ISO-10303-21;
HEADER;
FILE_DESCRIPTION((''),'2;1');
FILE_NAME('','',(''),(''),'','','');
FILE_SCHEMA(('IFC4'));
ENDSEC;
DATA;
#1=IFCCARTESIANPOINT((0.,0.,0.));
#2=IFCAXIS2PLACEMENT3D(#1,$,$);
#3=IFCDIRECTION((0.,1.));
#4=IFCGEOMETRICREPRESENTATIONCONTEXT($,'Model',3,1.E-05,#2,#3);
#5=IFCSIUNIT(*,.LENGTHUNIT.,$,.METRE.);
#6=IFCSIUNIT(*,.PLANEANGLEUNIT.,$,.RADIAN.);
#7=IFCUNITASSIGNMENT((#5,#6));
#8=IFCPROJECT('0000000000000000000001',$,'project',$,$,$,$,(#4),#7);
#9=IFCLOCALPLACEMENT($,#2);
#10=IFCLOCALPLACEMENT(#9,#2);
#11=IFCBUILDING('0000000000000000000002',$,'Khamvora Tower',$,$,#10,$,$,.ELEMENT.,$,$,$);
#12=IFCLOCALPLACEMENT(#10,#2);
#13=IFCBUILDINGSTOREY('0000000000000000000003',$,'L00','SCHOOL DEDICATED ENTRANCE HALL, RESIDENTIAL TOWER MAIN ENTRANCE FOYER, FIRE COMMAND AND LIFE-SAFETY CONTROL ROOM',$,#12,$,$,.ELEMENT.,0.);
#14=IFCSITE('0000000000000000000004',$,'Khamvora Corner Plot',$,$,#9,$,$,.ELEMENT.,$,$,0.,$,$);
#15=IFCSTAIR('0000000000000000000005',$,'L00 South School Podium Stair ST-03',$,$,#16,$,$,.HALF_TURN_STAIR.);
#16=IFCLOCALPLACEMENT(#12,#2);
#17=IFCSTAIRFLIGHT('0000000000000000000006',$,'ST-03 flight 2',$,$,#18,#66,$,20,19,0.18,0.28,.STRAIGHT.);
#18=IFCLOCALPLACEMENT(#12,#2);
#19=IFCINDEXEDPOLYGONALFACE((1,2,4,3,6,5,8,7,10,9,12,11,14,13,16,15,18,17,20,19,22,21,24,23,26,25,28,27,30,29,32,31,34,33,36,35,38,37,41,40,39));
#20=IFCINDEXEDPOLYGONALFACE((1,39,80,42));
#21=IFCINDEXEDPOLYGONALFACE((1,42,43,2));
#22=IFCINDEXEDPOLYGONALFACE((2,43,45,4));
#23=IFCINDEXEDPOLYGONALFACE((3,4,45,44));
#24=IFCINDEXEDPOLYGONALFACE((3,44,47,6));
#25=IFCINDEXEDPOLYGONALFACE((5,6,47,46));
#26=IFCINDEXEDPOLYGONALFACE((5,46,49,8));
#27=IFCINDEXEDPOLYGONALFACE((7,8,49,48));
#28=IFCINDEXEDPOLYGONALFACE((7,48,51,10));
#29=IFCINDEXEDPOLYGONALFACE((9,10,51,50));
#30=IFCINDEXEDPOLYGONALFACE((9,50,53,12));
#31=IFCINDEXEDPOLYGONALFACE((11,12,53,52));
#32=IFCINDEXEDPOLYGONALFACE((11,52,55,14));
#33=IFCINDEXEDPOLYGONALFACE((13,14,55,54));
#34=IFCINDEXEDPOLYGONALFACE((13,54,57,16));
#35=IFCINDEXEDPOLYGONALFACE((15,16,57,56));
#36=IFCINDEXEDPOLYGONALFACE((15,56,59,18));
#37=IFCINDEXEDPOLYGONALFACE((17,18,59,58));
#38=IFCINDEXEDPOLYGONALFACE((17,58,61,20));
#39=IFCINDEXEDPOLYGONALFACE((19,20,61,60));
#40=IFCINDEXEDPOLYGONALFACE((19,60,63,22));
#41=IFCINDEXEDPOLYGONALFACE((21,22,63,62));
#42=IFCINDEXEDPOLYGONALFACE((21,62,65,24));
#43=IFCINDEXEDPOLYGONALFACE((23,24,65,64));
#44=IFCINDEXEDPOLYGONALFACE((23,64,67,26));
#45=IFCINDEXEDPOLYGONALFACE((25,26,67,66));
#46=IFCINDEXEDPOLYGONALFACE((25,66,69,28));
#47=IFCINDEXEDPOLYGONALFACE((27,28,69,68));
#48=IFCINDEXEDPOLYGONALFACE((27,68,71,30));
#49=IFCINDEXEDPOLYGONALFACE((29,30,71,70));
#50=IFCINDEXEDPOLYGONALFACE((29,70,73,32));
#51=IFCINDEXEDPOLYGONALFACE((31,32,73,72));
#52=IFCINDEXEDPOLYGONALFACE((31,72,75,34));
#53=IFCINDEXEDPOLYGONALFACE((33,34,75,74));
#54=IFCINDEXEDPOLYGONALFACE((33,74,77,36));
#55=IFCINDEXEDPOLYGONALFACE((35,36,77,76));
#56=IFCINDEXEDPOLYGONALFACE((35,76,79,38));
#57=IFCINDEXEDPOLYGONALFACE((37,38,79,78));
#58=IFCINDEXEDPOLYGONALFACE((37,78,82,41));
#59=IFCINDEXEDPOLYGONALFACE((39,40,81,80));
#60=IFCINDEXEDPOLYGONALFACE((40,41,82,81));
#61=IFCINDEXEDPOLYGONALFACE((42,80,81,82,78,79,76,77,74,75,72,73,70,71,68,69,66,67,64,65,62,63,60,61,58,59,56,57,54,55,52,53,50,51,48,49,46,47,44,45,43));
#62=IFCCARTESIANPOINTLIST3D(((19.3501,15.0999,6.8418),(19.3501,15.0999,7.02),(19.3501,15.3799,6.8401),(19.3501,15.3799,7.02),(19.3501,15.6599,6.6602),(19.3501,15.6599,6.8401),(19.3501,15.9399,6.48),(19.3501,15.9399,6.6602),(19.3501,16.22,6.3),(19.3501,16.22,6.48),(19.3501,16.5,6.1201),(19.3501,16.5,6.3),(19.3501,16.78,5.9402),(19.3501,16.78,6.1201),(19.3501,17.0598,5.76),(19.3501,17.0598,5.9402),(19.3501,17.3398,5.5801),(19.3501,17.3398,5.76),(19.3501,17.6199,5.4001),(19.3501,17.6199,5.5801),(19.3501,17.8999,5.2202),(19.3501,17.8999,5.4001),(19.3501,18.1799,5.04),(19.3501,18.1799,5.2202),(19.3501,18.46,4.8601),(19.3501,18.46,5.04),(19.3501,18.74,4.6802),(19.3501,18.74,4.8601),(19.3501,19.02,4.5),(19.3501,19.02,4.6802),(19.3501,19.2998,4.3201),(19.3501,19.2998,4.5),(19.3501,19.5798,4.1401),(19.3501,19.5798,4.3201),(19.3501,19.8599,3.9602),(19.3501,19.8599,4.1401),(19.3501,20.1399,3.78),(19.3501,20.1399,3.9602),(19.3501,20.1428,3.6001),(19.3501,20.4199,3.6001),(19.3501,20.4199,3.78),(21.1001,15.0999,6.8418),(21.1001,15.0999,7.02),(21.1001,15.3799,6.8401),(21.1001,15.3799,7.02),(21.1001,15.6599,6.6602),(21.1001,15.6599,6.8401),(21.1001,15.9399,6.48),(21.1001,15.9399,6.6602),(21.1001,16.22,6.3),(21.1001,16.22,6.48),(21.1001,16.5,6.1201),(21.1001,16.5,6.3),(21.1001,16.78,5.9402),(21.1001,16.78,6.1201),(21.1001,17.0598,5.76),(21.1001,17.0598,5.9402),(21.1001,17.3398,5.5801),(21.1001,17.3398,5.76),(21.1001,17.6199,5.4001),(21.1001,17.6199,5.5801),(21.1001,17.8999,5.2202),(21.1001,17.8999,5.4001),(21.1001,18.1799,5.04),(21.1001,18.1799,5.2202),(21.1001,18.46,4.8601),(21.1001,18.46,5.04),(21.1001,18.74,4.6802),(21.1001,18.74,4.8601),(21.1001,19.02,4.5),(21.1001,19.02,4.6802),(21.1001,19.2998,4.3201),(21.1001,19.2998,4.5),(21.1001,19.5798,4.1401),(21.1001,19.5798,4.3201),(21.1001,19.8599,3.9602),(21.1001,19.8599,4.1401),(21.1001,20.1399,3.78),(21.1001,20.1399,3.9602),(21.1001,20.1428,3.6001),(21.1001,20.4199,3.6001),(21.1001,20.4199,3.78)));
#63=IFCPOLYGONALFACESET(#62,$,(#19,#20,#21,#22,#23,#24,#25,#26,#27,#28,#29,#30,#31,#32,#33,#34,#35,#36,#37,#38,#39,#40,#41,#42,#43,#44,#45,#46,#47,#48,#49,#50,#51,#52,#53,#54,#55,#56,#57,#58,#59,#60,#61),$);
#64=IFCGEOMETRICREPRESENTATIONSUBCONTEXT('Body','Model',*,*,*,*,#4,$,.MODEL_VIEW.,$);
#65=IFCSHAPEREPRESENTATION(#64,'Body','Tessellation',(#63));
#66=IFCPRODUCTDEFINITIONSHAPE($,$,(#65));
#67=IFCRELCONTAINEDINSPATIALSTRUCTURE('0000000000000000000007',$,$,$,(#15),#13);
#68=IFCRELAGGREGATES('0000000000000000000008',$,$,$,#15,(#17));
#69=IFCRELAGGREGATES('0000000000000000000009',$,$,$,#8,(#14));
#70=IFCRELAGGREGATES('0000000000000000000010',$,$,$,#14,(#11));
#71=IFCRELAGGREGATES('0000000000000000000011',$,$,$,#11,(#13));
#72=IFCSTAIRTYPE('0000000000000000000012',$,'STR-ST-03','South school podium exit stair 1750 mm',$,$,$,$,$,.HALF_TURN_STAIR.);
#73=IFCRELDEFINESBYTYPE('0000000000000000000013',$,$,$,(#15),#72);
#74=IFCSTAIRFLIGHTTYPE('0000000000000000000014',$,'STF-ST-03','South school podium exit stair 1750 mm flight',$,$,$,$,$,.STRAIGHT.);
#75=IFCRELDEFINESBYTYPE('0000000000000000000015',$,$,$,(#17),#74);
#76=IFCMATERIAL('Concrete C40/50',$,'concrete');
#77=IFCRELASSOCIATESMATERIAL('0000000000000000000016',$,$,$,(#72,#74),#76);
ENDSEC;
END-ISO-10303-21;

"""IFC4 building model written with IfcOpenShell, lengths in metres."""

from ifc_helpers import new_model, si_unit, direction, frame, origin, place, context, subcontext, project, spatial, polyline, outline, extrude, material, type_object, element, aggregate, save


model = new_model("IFC4")

# Units and contexts
model_context = context("Model", 3, precision=1e-05, world=origin(), true_north=direction((0.0, 1.0)))
body_context = subcontext(model_context, "Body", "Model", "MODEL_VIEW")
ifc_project = project(units=[si_unit("LENGTHUNIT", "METRE"), si_unit("PLANEANGLEUNIT", "RADIAN")], contexts=[model_context])

# Site, building, storey
site_placement = place(None, origin())
site = spatial("IfcSite", under=ifc_project, at=site_placement, Name="Khamvora Corner Plot", CompositionType="ELEMENT", RefElevation=0.0)
building_placement = place(site_placement, origin())
building = spatial("IfcBuilding", under=site, at=building_placement, Name="Khamvora Tower", CompositionType="ELEMENT")
storey_placement = place(building_placement, origin())
storey = spatial("IfcBuildingStorey", under=building, at=storey_placement, Name="L00", Description="SCHOOL DEDICATED ENTRANCE HALL, RESIDENTIAL TOWER MAIN ENTRANCE FOYER, FIRE COMMAND AND LIFE-SAFETY CONTROL ROOM", CompositionType="ELEMENT", Elevation=0.0)

# Shared definitions
ifc_material_1 = material(Name="Concrete C40/50", Category="concrete")

# Stair, stair flight
stair_type = type_object("IfcStairType", Name="STR-ST-03", Description="South school podium exit stair 1750 mm", PredefinedType="HALF_TURN_STAIR", material=ifc_material_1)
stair_placement = place(storey_placement, origin())
stair = element("IfcStair", 1, at=stair_placement, inside=storey, type_object=stair_type, Name="L00 South School Podium Stair ST-03", PredefinedType="HALF_TURN_STAIR")
stair_flight_type = type_object("IfcStairFlightType", Name="STF-ST-03", Description="South school podium exit stair 1750 mm flight", PredefinedType="STRAIGHT", material=ifc_material_1)
stair_flight_1_placement = place(storey_placement, frame((20.2251, 20.4199, 3.6001), z_axis=(0.0, 0.0, 1.0), x_axis=(0.0, -1.0, 0.0)))
stair_flight_1 = element("IfcStairFlight", 2, at=stair_flight_1_placement, type_object=stair_flight_type, Name="ST-03 flight 2", NumberOfRisers=20, NumberOfTreads=19, PredefinedType="STRAIGHT", RiserHeight=0.18, TreadLength=0.28, context=body_context, shape_type="SweptSolid", body=[
    extrude(outline(polyline([(0.0, 0.0), (0.0, 0.1799), (0.28, 0.1799), (0.28, 0.3601), (0.5601, 0.3601), (0.5601, 0.54), (0.8401, 0.54), (0.8401, 0.72), (1.1201, 0.72), (1.1201, 0.8999), (1.3999, 0.8999), (1.3999, 1.0801), (1.6799, 1.0801), (1.6799, 1.26), (1.96, 1.26), (1.96, 1.4399), (2.24, 1.4399), (2.24, 1.6201), (2.52, 1.6201), (2.52, 1.8), (2.8, 1.8), (2.8, 1.98), (3.0801, 1.98), (3.0801, 2.1599), (3.3601, 2.1599), (3.3601, 2.3401), (3.6399, 2.3401), (3.6399, 2.52), (3.9199, 2.52), (3.9199, 2.7), (4.2, 2.7), (4.2, 2.8799), (4.48, 2.8799), (4.48, 3.0601), (4.76, 3.0601), (4.76, 3.24), (5.04, 3.24), (5.04, 3.4199), (5.3201, 3.4199), (5.3201, 3.6001), (5.3201, 3.2417), (0.2771, 0.0), (0.0, 0.0)])), frame((0.0, 0.875, 0.0), z_axis=(0.0, -1.0, 0.0), x_axis=(1.0, 0.0, 0.0)), (0.0, 0.0, 1.0), 1.75),
])
aggregate(stair, [stair_flight_1])

save(model, "model.ifc")
